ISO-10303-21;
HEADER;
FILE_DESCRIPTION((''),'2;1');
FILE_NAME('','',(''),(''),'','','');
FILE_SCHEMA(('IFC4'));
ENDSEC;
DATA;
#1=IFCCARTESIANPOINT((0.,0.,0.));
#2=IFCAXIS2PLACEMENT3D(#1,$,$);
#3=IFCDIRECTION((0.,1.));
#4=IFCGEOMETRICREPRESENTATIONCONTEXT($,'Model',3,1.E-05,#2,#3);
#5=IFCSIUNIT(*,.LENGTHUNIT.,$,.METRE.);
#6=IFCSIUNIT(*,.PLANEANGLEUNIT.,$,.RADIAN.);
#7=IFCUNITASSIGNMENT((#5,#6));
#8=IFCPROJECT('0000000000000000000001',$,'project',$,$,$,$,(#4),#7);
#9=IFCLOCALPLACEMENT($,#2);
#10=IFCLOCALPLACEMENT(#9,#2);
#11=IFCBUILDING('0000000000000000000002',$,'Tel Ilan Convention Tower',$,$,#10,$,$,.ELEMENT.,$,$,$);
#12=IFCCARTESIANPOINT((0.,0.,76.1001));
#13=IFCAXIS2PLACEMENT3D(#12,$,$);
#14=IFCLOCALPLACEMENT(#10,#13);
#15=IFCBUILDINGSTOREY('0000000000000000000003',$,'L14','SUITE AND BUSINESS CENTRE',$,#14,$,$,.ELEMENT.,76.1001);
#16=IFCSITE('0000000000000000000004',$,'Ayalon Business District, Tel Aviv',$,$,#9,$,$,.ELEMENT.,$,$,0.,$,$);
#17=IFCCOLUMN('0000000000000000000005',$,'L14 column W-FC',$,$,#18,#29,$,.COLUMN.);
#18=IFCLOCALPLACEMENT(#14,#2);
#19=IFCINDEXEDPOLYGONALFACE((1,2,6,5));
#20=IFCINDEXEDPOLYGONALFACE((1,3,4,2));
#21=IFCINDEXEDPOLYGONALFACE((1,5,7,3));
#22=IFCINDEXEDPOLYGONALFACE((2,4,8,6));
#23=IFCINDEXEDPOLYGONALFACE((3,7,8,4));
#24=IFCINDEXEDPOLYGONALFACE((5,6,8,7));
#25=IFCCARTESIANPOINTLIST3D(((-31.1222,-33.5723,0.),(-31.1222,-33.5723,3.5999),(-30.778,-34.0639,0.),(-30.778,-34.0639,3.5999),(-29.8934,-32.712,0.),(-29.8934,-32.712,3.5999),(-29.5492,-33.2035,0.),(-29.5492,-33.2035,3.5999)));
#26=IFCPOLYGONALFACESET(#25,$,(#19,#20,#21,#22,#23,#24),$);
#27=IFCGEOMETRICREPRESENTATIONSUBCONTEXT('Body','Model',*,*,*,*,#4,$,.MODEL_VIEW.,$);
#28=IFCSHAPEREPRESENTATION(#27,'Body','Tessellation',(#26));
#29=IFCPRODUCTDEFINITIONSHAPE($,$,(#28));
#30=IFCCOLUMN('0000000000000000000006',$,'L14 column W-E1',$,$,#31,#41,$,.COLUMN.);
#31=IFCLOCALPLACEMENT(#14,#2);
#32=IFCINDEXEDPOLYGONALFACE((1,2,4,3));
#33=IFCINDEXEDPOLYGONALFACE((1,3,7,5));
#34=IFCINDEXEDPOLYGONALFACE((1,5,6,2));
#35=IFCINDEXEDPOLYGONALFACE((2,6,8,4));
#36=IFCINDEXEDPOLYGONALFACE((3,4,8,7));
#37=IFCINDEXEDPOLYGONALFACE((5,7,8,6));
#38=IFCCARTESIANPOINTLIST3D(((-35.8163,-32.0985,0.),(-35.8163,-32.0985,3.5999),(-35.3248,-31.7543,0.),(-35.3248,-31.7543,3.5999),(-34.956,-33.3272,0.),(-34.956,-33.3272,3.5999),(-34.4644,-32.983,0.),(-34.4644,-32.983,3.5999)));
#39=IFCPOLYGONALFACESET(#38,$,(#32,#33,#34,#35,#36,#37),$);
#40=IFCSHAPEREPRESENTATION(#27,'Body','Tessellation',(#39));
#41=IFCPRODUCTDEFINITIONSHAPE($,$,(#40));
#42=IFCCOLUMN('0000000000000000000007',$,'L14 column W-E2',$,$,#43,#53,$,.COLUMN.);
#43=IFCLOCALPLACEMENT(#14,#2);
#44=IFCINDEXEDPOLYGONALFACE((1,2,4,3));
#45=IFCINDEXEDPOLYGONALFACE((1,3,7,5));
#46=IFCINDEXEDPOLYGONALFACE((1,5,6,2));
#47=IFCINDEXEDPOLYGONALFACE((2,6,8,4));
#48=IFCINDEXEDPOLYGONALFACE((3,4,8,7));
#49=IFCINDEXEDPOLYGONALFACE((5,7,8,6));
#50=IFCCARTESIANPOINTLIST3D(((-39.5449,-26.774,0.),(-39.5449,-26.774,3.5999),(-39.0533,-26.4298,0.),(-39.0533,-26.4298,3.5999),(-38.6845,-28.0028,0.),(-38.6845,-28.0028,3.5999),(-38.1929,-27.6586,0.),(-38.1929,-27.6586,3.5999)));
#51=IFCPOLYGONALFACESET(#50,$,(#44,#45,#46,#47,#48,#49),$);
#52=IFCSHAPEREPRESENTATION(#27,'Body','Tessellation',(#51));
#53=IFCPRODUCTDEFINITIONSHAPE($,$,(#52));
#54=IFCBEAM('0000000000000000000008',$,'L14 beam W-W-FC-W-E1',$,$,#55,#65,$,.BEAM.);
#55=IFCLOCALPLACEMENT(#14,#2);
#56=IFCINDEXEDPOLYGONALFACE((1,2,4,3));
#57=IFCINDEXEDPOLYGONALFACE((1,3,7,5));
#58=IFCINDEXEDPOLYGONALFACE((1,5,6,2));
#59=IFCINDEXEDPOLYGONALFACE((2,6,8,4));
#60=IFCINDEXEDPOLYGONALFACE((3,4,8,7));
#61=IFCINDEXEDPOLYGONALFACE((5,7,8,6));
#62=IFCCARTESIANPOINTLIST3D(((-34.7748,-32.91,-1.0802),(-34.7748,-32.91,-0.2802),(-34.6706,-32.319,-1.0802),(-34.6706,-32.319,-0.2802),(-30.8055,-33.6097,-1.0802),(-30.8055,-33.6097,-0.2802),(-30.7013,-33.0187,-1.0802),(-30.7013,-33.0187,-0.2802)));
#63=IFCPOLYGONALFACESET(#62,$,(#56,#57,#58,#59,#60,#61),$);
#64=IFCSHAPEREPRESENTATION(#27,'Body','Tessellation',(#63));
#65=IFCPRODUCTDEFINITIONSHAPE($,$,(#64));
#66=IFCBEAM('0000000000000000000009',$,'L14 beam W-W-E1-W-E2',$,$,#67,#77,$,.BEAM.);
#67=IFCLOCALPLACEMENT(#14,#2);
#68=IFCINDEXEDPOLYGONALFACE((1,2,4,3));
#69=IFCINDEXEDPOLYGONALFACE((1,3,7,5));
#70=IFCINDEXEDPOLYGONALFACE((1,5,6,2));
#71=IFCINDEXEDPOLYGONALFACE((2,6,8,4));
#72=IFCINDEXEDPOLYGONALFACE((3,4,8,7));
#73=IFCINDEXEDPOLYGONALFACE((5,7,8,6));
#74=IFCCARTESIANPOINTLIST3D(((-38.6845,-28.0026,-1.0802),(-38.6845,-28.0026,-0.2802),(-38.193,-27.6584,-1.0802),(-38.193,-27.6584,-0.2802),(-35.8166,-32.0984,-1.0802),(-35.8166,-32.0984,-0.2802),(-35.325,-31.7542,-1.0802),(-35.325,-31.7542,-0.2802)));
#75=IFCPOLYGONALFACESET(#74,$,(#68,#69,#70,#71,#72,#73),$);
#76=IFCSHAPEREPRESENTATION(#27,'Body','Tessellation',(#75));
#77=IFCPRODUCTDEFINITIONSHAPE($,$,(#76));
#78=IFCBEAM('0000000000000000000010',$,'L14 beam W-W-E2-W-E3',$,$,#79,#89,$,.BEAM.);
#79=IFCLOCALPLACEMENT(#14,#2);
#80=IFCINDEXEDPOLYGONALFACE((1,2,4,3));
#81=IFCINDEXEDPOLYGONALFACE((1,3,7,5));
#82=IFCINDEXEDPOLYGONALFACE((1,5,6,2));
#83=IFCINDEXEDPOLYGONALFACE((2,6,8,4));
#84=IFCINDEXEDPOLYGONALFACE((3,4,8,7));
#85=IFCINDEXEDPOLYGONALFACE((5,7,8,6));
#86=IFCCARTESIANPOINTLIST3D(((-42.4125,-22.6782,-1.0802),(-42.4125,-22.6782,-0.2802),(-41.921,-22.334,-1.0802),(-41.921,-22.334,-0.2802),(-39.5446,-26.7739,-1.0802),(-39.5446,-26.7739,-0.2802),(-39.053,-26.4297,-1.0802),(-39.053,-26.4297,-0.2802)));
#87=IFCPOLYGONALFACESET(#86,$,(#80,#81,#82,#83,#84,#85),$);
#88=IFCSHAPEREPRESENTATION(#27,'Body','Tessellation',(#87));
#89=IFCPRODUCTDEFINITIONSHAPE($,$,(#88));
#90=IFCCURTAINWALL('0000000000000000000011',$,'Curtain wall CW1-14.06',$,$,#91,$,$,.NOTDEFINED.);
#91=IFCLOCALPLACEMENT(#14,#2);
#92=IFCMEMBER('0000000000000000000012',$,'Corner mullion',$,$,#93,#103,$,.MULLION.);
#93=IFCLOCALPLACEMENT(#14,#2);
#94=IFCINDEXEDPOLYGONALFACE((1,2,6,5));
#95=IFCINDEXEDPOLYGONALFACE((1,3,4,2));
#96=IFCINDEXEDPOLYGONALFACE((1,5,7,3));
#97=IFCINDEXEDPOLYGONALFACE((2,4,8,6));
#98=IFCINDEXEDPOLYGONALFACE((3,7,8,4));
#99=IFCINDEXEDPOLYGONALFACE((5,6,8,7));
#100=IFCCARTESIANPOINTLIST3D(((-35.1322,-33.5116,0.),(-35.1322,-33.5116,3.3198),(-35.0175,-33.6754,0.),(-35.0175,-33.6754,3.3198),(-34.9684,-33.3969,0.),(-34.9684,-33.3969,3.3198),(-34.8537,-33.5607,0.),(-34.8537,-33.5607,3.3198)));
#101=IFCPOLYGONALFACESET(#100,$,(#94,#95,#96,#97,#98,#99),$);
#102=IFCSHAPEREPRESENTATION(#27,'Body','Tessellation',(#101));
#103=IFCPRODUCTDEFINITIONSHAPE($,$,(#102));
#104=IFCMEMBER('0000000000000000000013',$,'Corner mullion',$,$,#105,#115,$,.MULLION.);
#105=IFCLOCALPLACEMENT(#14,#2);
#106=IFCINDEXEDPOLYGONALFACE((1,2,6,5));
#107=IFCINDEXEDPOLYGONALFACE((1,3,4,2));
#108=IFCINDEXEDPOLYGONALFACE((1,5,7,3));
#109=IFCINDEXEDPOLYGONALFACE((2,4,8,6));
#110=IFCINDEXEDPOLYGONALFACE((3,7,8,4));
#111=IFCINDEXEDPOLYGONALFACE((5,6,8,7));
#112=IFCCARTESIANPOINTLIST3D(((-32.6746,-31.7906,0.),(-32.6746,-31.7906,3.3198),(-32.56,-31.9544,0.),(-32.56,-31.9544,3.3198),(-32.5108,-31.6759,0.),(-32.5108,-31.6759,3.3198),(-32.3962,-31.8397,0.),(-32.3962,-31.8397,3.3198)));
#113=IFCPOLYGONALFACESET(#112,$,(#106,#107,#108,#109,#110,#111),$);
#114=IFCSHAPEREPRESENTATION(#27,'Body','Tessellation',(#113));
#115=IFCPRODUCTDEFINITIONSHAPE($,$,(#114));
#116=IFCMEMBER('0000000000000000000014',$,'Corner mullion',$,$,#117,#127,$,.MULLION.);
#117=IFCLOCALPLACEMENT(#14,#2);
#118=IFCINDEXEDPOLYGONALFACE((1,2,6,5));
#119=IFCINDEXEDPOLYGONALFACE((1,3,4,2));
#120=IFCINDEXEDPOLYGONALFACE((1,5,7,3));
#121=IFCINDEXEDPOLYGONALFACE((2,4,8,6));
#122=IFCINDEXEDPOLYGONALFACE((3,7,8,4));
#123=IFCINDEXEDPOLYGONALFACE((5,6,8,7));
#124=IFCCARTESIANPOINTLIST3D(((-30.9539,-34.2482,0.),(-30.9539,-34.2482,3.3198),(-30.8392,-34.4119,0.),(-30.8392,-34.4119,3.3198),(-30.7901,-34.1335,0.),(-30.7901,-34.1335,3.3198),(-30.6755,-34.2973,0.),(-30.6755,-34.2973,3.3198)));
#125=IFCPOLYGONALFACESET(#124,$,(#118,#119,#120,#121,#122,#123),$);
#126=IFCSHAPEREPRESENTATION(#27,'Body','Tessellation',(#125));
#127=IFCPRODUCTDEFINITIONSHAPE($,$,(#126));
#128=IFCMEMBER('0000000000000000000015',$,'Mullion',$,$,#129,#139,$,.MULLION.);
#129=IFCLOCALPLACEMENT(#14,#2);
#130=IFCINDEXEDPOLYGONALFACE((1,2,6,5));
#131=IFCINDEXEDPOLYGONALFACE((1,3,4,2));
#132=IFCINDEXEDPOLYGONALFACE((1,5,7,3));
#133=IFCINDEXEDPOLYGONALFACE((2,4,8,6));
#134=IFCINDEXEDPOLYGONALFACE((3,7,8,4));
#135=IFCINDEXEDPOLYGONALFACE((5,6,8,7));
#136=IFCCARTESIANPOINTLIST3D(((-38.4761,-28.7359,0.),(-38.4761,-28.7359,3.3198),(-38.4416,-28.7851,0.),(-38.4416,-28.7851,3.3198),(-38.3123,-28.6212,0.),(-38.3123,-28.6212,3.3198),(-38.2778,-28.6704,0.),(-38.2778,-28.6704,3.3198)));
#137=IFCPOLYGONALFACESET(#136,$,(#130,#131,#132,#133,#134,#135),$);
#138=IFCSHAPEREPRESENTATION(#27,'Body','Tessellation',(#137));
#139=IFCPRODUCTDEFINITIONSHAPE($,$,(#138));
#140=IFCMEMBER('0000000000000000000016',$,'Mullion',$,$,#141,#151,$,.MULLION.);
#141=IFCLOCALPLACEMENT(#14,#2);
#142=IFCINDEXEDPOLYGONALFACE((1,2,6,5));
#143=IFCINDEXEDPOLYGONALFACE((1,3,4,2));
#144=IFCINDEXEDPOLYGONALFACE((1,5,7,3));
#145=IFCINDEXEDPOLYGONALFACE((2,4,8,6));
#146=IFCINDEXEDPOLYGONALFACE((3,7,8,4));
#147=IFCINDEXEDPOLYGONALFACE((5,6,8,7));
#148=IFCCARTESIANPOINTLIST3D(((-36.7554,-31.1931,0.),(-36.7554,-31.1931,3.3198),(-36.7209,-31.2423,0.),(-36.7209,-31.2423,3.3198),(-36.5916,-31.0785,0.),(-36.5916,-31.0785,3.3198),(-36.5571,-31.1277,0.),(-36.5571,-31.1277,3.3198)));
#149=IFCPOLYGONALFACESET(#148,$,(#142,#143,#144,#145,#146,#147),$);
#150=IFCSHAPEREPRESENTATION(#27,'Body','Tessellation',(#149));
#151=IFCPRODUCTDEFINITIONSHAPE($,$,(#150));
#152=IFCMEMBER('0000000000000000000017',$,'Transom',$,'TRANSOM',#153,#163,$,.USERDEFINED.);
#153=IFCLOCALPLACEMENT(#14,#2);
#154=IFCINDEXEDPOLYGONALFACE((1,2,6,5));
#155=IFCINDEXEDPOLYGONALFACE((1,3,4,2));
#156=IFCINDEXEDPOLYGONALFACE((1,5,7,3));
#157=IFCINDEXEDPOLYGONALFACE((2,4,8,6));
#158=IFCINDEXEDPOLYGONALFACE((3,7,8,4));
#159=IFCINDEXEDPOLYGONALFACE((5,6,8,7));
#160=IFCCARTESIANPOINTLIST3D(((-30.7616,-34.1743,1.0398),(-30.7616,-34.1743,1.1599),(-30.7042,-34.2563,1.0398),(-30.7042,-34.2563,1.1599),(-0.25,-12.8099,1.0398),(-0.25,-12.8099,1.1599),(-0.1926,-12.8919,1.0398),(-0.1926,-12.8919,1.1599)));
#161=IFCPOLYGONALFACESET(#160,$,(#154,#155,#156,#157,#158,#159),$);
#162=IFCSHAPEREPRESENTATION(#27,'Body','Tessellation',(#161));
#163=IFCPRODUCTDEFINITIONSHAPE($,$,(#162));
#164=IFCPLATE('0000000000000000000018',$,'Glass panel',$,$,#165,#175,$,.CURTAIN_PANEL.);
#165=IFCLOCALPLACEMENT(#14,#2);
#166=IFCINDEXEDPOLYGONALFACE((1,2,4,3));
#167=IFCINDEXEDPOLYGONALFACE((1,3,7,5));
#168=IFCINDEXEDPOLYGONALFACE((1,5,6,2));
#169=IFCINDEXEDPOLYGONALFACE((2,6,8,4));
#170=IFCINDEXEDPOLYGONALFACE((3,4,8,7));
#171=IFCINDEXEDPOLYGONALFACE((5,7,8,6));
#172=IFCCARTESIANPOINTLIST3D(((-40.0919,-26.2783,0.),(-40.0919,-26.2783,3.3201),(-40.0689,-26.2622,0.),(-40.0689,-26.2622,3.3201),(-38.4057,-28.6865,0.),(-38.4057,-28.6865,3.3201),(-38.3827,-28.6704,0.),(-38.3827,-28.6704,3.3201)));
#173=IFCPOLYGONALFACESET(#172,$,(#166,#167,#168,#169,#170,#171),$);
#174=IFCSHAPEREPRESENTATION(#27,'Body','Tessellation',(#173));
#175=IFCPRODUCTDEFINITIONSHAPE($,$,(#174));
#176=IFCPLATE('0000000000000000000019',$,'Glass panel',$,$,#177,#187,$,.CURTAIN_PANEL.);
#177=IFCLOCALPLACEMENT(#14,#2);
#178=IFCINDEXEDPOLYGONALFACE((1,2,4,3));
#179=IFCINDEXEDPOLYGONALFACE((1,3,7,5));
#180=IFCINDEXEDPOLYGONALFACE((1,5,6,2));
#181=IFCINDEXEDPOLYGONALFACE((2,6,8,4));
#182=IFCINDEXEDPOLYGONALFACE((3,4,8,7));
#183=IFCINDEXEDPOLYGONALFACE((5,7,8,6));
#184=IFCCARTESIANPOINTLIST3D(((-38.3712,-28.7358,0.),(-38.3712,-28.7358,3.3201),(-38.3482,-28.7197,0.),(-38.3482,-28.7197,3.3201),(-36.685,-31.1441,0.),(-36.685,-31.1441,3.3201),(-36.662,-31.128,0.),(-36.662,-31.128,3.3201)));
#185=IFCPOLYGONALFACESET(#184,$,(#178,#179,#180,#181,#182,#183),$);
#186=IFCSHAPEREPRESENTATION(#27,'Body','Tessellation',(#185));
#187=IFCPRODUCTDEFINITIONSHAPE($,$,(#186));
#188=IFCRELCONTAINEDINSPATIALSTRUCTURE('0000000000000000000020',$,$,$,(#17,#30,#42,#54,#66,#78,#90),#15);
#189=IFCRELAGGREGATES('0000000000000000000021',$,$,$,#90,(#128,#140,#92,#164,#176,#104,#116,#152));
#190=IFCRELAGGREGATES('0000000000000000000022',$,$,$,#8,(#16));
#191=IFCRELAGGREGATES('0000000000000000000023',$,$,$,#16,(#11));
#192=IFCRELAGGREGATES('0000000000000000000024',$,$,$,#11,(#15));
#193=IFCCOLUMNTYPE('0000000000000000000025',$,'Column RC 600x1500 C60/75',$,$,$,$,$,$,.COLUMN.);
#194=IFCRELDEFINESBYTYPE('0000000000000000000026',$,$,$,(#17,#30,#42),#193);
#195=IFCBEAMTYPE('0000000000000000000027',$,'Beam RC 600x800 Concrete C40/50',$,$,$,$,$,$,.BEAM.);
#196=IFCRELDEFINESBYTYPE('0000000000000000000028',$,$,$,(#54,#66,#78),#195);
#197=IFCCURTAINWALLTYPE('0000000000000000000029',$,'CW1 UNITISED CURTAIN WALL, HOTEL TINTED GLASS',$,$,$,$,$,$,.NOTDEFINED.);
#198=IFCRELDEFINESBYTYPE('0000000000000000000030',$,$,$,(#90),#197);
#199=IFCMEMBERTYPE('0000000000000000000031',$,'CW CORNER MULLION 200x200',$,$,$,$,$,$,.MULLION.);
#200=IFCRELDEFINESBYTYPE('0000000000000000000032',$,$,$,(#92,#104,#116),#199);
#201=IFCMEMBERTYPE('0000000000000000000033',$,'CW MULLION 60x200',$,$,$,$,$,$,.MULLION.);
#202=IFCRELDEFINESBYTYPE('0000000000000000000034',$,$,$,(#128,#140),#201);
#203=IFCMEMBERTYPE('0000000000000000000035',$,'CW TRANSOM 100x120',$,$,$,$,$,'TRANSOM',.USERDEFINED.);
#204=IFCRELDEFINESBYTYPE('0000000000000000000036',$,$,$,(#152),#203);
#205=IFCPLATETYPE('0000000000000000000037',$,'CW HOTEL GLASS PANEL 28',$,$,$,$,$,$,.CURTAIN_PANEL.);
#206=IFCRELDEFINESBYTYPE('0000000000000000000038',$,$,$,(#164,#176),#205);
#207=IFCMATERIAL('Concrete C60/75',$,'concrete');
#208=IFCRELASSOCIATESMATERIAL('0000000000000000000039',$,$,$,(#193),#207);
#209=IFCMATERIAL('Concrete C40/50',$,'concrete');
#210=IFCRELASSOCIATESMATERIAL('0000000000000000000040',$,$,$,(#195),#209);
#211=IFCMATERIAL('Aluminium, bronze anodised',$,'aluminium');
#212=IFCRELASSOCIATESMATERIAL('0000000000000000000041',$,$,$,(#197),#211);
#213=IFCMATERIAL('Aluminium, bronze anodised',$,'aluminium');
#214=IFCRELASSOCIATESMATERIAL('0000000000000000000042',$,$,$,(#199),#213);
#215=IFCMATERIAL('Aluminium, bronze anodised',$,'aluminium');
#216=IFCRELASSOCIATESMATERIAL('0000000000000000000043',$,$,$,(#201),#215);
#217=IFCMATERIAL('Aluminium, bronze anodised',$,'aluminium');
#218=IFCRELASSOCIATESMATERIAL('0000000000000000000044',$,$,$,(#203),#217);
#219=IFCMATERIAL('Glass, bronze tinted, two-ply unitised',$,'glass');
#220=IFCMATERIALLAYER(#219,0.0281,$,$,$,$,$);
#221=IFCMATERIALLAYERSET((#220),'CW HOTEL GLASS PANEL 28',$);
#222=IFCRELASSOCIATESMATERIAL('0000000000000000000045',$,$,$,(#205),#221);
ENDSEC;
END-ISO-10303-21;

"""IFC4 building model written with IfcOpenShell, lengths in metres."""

from ifc_helpers import new_model, si_unit, direction, frame, origin, origin_2d, place, context, subcontext, project, spatial, rectangle, extrude, material, layer, layer_set, material_profile, profile_set, type_object, element, aggregate, save


model = new_model("IFC4")

# Units and contexts
model_context = context("Model", 3, precision=1e-05, world=origin(), true_north=direction((0.0, 1.0)))
body_context = subcontext(model_context, "Body", "Model", "MODEL_VIEW")
ifc_project = project(units=[si_unit("LENGTHUNIT", "METRE"), si_unit("PLANEANGLEUNIT", "RADIAN")], contexts=[model_context])

# Site, building, storey
site_placement = place(None, origin())
site = spatial("IfcSite", under=ifc_project, at=site_placement, Name="Ayalon Business District, Tel Aviv", CompositionType="ELEMENT", RefElevation=0.0)
building_placement = place(site_placement, origin())
building = spatial("IfcBuilding", under=site, at=building_placement, Name="Tel Ilan Convention Tower", CompositionType="ELEMENT")
storey_placement = place(building_placement, frame((0.0, 0.0, 76.1001)))
storey = spatial("IfcBuildingStorey", under=building, at=storey_placement, Name="L14", Description="SUITE AND BUSINESS CENTRE", CompositionType="ELEMENT", Elevation=76.1001)

# Columns
ifc_material_1 = material(Name="Concrete C60/75", Category="concrete")
ifc_material_profile_1 = material_profile(ifc_material_1, rectangle(XDim=1.5, YDim=0.6001, at=origin_2d()), Name="RC 600x1500")
ifc_profile_set_1 = profile_set([ifc_material_profile_1], Name="Concrete C60/75")
column_type = type_object("IfcColumnType", Name="Column RC 600x1500 C60/75", PredefinedType="COLUMN", material=ifc_profile_set_1)
for number, where, z_axis, x_axis, name in (
    (1, (-30.3357, -33.3879, 0.0), (0.0, 0.0, 1.0), (-0.819152, -0.573576, 0.0), "L14 column W-FC"),
    (2, (-35.1404, -32.5408, 0.0), (0.0, 0.0, 1.0), (-0.573576, 0.819152, 0.0), "L14 column W-E1"),
    (3, (-38.8689, -27.2163, 0.0), (0.0, 0.0, 1.0), (-0.573576, 0.819152, 0.0), "L14 column W-E2"),
):
    element("IfcColumn", number, at=place(storey_placement, frame(where, z_axis=z_axis, x_axis=x_axis)), inside=storey, type_object=column_type, Name=name, PredefinedType="COLUMN", context=body_context, shape_type="SweptSolid", body=[
        extrude(rectangle(XDim=1.5, YDim=0.6001, at=origin_2d()), origin(), (0.0, 0.0, 1.0), 3.5999),
    ])

# Beams
ifc_material_2 = material(Name="Concrete C40/50", Category="concrete")
ifc_material_profile_2 = material_profile(ifc_material_2, rectangle(XDim=0.6001, YDim=0.8, at=origin_2d()), Name="RC 600x800")
ifc_profile_set_2 = profile_set([ifc_material_profile_2], Name="Concrete C40/50")
beam_type = type_object("IfcBeamType", Name="Beam RC 600x800 Concrete C40/50", PredefinedType="BEAM", material=ifc_profile_set_2)
beam_placement = place(storey_placement, frame((-30.7534, -33.3142, -0.6802), z_axis=(-0.984815, 0.173606, 0.0), x_axis=(-0.173606, -0.984815, 0.0)))
element("IfcBeam", 4, at=beam_placement, inside=storey, type_object=beam_type, Name="L14 beam W-W-FC-W-E1", PredefinedType="BEAM", context=body_context, shape_type="SweptSolid", body=[
    extrude(rectangle(XDim=0.6001, YDim=0.8, at=origin_2d()), origin(), (0.0, 0.0, 1.0), 4.0305),
])
for number, where, z_axis, x_axis, name in (
    (5, (-35.5708, -31.9263, -0.6802), (-0.573587, 0.819145, 0.0), (-0.819145, -0.573587, 0.0), "L14 beam W-W-E1-W-E2"),
    (6, (-39.2988, -26.6018, -0.6802), (-0.573587, 0.819145, 0.0), (-0.819145, -0.573587, 0.0), "L14 beam W-W-E2-W-E3"),
):
    element("IfcBeam", number, at=place(storey_placement, frame(where, z_axis=z_axis, x_axis=x_axis)), inside=storey, type_object=beam_type, Name=name, PredefinedType="BEAM", context=body_context, shape_type="SweptSolid", body=[
        extrude(rectangle(XDim=0.6001, YDim=0.8, at=origin_2d()), origin(), (0.0, 0.0, 1.0), 5.0),
    ])

# Curtain wall, members, plates
ifc_material_3 = material(Name="Aluminium, bronze anodised", Category="aluminium")
curtain_wall_type = type_object("IfcCurtainWallType", Name="CW1 UNITISED CURTAIN WALL, HOTEL TINTED GLASS", PredefinedType="NOTDEFINED", material=ifc_material_3)
curtain_wall_placement = place(storey_placement, origin())
curtain_wall = element("IfcCurtainWall", 7, at=curtain_wall_placement, inside=storey, type_object=curtain_wall_type, Name="Curtain wall CW1-14.06", PredefinedType="NOTDEFINED")
ifc_material_4 = material(Name="Aluminium, bronze anodised", Category="aluminium")
ifc_material_profile_3 = material_profile(ifc_material_4, rectangle(XDim=0.2, YDim=0.2, at=origin_2d()), Name="CW CORNER MULLION 200x200")
ifc_profile_set_3 = profile_set([ifc_material_profile_3], Name="Aluminium, bronze anodised")
member_type_1 = type_object("IfcMemberType", Name="CW CORNER MULLION 200x200", PredefinedType="MULLION", material=ifc_profile_set_3)
member_1_placement = place(storey_placement, frame((-34.9929, -33.5361, 0.0), z_axis=(0.0, 0.0, 1.0), x_axis=(0.573576, -0.819152, 0.0)))
member_1 = element("IfcMember", 8, at=member_1_placement, type_object=member_type_1, Name="Corner mullion", PredefinedType="MULLION", context=body_context, shape_type="SweptSolid", body=[
    extrude(rectangle(XDim=0.2, YDim=0.2, at=origin_2d()), origin(), (0.0, 0.0, 1.0), 3.3198),
])
member_2_placement = place(storey_placement, frame((-32.5354, -31.8152, 0.0), z_axis=(0.0, 0.0, 1.0), x_axis=(0.819152, 0.573576, 0.0)))
member_2 = element("IfcMember", 9, at=member_2_placement, type_object=member_type_1, Name="Corner mullion", PredefinedType="MULLION", context=body_context, shape_type="SweptSolid", body=[
    extrude(rectangle(XDim=0.2, YDim=0.2, at=origin_2d()), origin(), (0.0, 0.0, 1.0), 3.3198),
])
member_3_placement = place(storey_placement, frame((-30.8147, -34.2727, 0.0), z_axis=(0.0, 0.0, 1.0), x_axis=(0.573576, -0.819152, 0.0)))
member_3 = element("IfcMember", 10, at=member_3_placement, type_object=member_type_1, Name="Corner mullion", PredefinedType="MULLION", context=body_context, shape_type="SweptSolid", body=[
    extrude(rectangle(XDim=0.2, YDim=0.2, at=origin_2d()), origin(), (0.0, 0.0, 1.0), 3.3198),
])
ifc_material_5 = material(Name="Aluminium, bronze anodised", Category="aluminium")
ifc_material_profile_4 = material_profile(ifc_material_5, rectangle(XDim=0.0601, YDim=0.2, at=origin_2d()), Name="CW MULLION 60x200")
ifc_profile_set_4 = profile_set([ifc_material_profile_4], Name="Aluminium, bronze anodised")
member_type_2 = type_object("IfcMemberType", Name="CW MULLION 60x200", PredefinedType="MULLION", material=ifc_profile_set_4)
member_4_placement = place(storey_placement, frame((-38.377, -28.7031, 0.0), z_axis=(0.0, 0.0, 1.0), x_axis=(0.573576, -0.819152, 0.0)))
member_4 = element("IfcMember", 11, at=member_4_placement, type_object=member_type_2, Name="Mullion", PredefinedType="MULLION", context=body_context, shape_type="SweptSolid", body=[
    extrude(rectangle(XDim=0.0601, YDim=0.2, at=origin_2d()), origin(), (0.0, 0.0, 1.0), 3.3198),
])
member_5_placement = place(storey_placement, frame((-36.6562, -31.1604, 0.0), z_axis=(0.0, 0.0, 1.0), x_axis=(0.573576, -0.819152, 0.0)))
member_5 = element("IfcMember", 12, at=member_5_placement, type_object=member_type_2, Name="Mullion", PredefinedType="MULLION", context=body_context, shape_type="SweptSolid", body=[
    extrude(rectangle(XDim=0.0601, YDim=0.2, at=origin_2d()), origin(), (0.0, 0.0, 1.0), 3.3198),
])
ifc_material_6 = material(Name="Aluminium, bronze anodised", Category="aluminium")
ifc_material_profile_5 = material_profile(ifc_material_6, rectangle(XDim=0.1001, YDim=0.1201, at=origin_2d()), Name="CW TRANSOM 100x120")
ifc_profile_set_5 = profile_set([ifc_material_profile_5], Name="Aluminium, bronze anodised")
member_type_3 = type_object("IfcMemberType", Name="CW TRANSOM 100x120", ElementType="TRANSOM", PredefinedType="USERDEFINED", material=ifc_profile_set_5)
member_6_placement = place(storey_placement, frame((-30.7329, -34.2153, 1.0999), z_axis=(0.819152, 0.573576, 0.0), x_axis=(-0.573576, 0.819152, 0.0)))
member_6 = element("IfcMember", 13, at=member_6_placement, type_object=member_type_3, Name="Transom", ObjectType="TRANSOM", PredefinedType="USERDEFINED", context=body_context, shape_type="SweptSolid", body=[
    extrude(rectangle(XDim=0.1001, YDim=0.1201, at=origin_2d()), origin(), (0.0, 0.0, 1.0), 37.2478),
])
ifc_material_7 = material(Name="Glass, bronze tinted, two-ply unitised", Category="glass")
ifc_layer_1 = layer(ifc_material_7, 0.0281)
ifc_layer_set_1 = layer_set([ifc_layer_1], Name="CW HOTEL GLASS PANEL 28")
plate_type = type_object("IfcPlateType", Name="CW HOTEL GLASS PANEL 28", PredefinedType="CURTAIN_PANEL", material=ifc_layer_set_1)
plate_1_placement = place(storey_placement, frame((-39.2373, -27.4744, 0.0), z_axis=(0.0, 0.0, 1.0), x_axis=(0.573576, -0.819152, 0.0)))
plate_1 = element("IfcPlate", 14, at=plate_1_placement, type_object=plate_type, Name="Glass panel", PredefinedType="CURTAIN_PANEL", context=body_context, shape_type="SweptSolid", body=[
    extrude(rectangle(XDim=2.9399, YDim=0.0281, at=origin_2d()), origin(), (0.0, 0.0, 1.0), 3.3201),
])
plate_2_placement = place(storey_placement, frame((-37.5166, -29.9319, 0.0), z_axis=(0.0, 0.0, 1.0), x_axis=(0.573576, -0.819152, 0.0)))
plate_2 = element("IfcPlate", 15, at=plate_2_placement, type_object=plate_type, Name="Glass panel", PredefinedType="CURTAIN_PANEL", context=body_context, shape_type="SweptSolid", body=[
    extrude(rectangle(XDim=2.9399, YDim=0.0281, at=origin_2d()), origin(), (0.0, 0.0, 1.0), 3.3201),
])
aggregate(curtain_wall, [member_4, member_5, member_1, plate_1, plate_2, member_2, member_3, member_6])

save(model, "model.ifc")
